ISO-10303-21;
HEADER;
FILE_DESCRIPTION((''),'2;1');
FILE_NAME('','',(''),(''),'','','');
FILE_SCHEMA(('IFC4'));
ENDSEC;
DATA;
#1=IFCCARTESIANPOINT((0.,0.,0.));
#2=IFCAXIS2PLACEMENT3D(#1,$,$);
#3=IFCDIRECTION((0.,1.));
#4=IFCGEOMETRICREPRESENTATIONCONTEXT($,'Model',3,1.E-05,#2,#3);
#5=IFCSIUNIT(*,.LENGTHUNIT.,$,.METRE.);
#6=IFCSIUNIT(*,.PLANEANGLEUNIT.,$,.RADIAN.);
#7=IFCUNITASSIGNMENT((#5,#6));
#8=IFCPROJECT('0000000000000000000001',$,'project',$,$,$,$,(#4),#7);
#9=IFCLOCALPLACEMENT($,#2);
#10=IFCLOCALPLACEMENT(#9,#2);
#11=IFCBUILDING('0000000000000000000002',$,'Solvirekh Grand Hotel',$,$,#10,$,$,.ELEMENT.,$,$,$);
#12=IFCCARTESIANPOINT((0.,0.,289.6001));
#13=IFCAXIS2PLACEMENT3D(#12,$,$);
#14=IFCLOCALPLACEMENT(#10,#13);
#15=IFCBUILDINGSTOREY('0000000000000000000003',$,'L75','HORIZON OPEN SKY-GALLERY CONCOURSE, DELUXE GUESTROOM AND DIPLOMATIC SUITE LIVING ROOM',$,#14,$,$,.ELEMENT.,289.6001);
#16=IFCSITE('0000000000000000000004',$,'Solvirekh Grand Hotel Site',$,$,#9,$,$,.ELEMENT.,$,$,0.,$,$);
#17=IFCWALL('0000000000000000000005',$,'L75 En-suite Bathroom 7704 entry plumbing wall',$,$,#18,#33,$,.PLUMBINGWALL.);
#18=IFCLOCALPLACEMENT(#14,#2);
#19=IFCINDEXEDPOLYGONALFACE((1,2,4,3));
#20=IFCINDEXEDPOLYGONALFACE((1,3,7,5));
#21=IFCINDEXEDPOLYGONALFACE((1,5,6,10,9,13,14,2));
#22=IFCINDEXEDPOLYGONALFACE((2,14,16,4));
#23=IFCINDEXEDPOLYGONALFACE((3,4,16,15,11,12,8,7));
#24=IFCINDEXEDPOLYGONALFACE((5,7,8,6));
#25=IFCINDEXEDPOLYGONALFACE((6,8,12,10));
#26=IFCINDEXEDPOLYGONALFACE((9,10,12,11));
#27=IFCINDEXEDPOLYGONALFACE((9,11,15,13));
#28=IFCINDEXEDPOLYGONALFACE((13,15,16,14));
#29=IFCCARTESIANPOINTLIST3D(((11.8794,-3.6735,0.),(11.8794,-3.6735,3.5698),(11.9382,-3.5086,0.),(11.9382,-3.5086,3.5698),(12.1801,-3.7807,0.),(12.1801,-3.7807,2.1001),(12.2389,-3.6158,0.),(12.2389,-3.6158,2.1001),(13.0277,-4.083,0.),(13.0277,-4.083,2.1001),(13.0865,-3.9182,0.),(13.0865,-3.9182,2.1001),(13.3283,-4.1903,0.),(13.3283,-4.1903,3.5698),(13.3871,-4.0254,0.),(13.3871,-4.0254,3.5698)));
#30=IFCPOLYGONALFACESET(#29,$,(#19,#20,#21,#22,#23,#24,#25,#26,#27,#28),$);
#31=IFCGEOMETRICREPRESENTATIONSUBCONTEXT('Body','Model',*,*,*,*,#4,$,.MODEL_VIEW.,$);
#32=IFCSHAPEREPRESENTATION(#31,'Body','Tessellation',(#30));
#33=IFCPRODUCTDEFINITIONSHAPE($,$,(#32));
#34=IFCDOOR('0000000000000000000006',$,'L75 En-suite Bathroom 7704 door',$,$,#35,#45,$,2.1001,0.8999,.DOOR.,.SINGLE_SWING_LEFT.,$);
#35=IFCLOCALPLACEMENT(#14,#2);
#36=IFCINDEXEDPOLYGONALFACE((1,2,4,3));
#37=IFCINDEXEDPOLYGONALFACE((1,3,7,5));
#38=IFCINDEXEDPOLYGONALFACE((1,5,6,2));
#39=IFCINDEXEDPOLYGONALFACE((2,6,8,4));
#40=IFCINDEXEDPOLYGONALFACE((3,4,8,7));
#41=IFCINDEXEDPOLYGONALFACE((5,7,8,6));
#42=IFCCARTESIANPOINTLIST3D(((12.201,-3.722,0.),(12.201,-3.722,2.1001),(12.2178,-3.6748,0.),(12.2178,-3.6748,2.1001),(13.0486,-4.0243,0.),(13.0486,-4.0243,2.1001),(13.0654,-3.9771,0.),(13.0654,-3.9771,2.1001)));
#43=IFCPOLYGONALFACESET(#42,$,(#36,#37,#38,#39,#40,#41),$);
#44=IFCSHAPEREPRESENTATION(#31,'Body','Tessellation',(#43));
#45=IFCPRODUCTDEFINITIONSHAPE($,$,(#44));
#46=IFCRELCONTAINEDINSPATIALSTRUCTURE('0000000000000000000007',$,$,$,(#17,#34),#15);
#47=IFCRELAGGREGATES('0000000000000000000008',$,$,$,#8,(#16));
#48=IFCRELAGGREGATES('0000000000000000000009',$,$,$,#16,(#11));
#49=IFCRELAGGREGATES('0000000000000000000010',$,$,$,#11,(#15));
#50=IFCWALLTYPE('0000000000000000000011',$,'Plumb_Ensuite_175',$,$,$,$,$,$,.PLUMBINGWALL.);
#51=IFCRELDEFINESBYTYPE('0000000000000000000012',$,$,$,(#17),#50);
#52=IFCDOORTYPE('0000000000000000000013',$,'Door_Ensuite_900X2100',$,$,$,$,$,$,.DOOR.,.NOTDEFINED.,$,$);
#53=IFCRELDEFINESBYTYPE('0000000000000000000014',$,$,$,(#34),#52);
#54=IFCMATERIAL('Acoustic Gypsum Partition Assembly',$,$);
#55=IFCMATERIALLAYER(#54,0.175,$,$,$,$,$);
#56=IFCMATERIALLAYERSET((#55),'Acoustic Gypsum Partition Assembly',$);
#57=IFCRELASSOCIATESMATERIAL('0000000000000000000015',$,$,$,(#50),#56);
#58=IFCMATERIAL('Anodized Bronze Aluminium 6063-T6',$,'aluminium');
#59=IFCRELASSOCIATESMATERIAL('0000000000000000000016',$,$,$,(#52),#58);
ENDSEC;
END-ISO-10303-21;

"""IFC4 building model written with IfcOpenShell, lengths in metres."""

from ifc_helpers import new_model, si_unit, direction, frame, frame_2d, origin, place, context, subcontext, project, spatial, rectangle, extrude, material, layer, layer_set, type_object, element, fill, save


model = new_model("IFC4")

# Units and contexts
model_context = context("Model", 3, precision=1e-05, world=origin(), true_north=direction((0.0, 1.0)))
body_context = subcontext(model_context, "Body", "Model", "MODEL_VIEW")
ifc_project = project(units=[si_unit("LENGTHUNIT", "METRE"), si_unit("PLANEANGLEUNIT", "RADIAN")], contexts=[model_context])

# Site, building, storey
site_placement = place(None, origin())
site = spatial("IfcSite", under=ifc_project, at=site_placement, Name="Solvirekh Grand Hotel Site", CompositionType="ELEMENT", RefElevation=0.0)
building_placement = place(site_placement, origin())
building = spatial("IfcBuilding", under=site, at=building_placement, Name="Solvirekh Grand Hotel", CompositionType="ELEMENT")
storey_placement = place(building_placement, frame((0.0, 0.0, 289.6001)))
storey = spatial("IfcBuildingStorey", under=building, at=storey_placement, Name="L75", Description="HORIZON OPEN SKY-GALLERY CONCOURSE, DELUXE GUESTROOM AND DIPLOMATIC SUITE LIVING ROOM", CompositionType="ELEMENT", Elevation=289.6001)

# Shared definitions
ifc_material_1 = material(Name="Anodized Bronze Aluminium 6063-T6", Category="aluminium")
ifc_material_2 = material(Name="Acoustic Gypsum Partition Assembly")

# Wall, opening, door
ifc_layer_1 = layer(ifc_material_2, 0.175)
ifc_layer_set_1 = layer_set([ifc_layer_1], Name="Acoustic Gypsum Partition Assembly")
wall_type_1 = type_object("IfcWallType", Name="Plumb_Ensuite_175", PredefinedType="PLUMBINGWALL", material=ifc_layer_set_1)
wall_1_placement = place(storey_placement, frame((11.9089, -3.5911, 0.0), z_axis=(0.0, 0.0, 1.0), x_axis=(0.941875, -0.335964, 0.0)))
wall_1 = element("IfcWall", 1, at=wall_1_placement, inside=storey, type_object=wall_type_1, Name="L75 En-suite Bathroom 7704 entry plumbing wall", PredefinedType="PLUMBINGWALL", context=body_context, shape_type="SweptSolid", body=[
    extrude(rectangle(XDim=1.5383, YDim=0.175, at=frame_2d((0.769, 0.0))), origin(), (0.0, 0.0, 1.0), 3.5698),
])
opening_1_placement = place(wall_1_placement, frame((0.3191, 0.0, 0.0)))
opening_1 = element("IfcOpeningElement", 2, at=opening_1_placement, cuts=wall_1, PredefinedType="OPENING", context=body_context, shape_type="SweptSolid", body=[
    extrude(rectangle(XDim=0.8999, YDim=2.1001, at=frame_2d((0.45, 1.05))), frame((0.0, 0.0977, 0.0), z_axis=(0.0, -1.0, 0.0), x_axis=(1.0, 0.0, 0.0)), (0.0, 0.0, 1.0), 0.1951),
])
door_type_1 = type_object("IfcDoorType", Name="Door_Ensuite_900X2100", OperationType="NOTDEFINED", PredefinedType="DOOR", material=ifc_material_1)
door_1_placement = place(opening_1_placement, origin())
door_1 = element("IfcDoor", 3, at=door_1_placement, inside=storey, type_object=door_type_1, Name="L75 En-suite Bathroom 7704 door", OperationType="SINGLE_SWING_LEFT", OverallHeight=2.1001, OverallWidth=0.8999, PredefinedType="DOOR", context=body_context, shape_type="SweptSolid", body=[
    extrude(rectangle(XDim=0.8999, YDim=2.1001, at=frame_2d((0.45, 1.05))), frame((0.0, 0.0249, 0.0), z_axis=(0.0, -1.0, 0.0), x_axis=(1.0, 0.0, 0.0)), (0.0, 0.0, 1.0), 0.05),
])
fill(opening_1, door_1)

save(model, "model.ifc")
